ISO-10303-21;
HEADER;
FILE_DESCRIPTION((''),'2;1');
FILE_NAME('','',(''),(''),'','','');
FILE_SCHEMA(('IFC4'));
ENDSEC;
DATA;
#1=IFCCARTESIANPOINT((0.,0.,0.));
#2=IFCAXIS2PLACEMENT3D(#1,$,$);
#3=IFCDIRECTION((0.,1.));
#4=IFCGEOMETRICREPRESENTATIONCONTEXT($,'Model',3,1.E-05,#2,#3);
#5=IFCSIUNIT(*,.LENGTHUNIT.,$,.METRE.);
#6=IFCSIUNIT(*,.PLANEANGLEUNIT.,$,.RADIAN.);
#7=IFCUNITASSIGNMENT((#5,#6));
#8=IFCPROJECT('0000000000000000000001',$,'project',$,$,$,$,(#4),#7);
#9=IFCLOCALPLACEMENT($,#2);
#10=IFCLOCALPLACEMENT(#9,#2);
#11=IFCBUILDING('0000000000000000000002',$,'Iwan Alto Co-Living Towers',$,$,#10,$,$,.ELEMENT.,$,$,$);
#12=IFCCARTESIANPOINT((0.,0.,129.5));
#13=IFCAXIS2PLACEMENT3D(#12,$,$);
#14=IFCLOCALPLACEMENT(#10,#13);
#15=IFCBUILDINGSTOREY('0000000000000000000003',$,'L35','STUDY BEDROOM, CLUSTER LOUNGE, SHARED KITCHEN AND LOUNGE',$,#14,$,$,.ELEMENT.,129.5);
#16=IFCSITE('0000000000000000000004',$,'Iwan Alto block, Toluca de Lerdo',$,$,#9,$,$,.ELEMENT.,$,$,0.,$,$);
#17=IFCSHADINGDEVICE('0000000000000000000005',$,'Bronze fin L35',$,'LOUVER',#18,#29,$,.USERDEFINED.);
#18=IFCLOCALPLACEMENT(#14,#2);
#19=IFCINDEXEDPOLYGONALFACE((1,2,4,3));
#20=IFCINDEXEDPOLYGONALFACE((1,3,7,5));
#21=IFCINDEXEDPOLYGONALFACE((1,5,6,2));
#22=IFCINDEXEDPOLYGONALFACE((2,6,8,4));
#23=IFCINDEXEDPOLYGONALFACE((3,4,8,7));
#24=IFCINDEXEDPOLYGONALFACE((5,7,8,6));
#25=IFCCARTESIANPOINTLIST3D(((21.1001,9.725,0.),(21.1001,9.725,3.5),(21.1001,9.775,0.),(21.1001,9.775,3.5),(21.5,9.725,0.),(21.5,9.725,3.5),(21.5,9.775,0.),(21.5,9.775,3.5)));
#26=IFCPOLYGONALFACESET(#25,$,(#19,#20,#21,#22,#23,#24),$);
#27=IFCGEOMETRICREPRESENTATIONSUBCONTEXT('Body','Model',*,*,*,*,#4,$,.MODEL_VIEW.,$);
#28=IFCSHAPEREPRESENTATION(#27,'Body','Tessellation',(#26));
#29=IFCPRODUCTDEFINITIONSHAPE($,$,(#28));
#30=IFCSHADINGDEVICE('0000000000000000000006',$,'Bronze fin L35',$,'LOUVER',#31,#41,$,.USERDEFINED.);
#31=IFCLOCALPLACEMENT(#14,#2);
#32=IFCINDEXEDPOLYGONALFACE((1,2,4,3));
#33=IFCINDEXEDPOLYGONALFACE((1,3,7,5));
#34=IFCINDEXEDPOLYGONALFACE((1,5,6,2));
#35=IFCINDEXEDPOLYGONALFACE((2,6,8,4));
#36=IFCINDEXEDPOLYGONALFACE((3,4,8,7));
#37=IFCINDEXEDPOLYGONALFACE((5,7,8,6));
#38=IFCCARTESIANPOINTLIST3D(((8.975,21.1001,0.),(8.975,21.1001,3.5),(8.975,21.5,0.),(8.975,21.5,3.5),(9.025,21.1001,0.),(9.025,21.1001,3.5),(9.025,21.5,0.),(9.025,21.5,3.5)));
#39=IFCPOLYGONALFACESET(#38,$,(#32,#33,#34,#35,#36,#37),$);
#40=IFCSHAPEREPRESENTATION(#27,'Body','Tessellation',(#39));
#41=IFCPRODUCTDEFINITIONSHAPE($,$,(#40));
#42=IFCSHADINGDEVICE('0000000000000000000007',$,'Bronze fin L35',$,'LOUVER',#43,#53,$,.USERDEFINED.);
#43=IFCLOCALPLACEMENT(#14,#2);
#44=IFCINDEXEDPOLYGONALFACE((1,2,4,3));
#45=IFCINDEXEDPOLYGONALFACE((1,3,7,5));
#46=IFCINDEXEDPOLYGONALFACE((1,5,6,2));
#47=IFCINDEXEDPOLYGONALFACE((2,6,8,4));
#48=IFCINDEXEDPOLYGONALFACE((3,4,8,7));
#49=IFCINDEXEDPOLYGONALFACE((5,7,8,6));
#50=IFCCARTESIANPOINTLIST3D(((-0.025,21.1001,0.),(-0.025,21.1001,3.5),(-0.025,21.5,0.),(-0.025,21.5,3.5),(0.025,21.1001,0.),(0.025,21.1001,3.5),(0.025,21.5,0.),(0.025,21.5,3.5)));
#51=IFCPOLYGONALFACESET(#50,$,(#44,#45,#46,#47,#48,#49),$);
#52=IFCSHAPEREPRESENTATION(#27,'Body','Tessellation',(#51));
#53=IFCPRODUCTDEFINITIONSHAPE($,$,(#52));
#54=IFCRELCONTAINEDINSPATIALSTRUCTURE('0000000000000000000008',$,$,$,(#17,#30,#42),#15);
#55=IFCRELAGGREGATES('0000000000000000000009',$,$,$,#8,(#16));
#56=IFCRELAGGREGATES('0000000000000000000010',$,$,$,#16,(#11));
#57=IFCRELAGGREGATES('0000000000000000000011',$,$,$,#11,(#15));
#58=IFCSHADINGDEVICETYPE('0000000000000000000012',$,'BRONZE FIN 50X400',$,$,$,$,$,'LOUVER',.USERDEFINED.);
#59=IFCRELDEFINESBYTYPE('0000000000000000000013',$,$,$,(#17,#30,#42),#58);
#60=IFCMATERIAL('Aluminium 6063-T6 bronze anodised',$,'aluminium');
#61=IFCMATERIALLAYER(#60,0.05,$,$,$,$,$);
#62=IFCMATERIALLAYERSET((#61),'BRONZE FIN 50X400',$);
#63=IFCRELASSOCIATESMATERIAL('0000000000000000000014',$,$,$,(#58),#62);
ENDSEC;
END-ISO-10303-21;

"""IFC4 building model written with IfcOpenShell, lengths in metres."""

from ifc_helpers import new_model, si_unit, direction, frame, origin, origin_2d, place, context, subcontext, project, spatial, rectangle, extrude, material, layer, layer_set, type_object, element, save


model = new_model("IFC4")

# Units and contexts
model_context = context("Model", 3, precision=1e-05, world=origin(), true_north=direction((0.0, 1.0)))
body_context = subcontext(model_context, "Body", "Model", "MODEL_VIEW")
ifc_project = project(units=[si_unit("LENGTHUNIT", "METRE"), si_unit("PLANEANGLEUNIT", "RADIAN")], contexts=[model_context])

# Site, building, storey
site_placement = place(None, origin())
site = spatial("IfcSite", under=ifc_project, at=site_placement, Name="Iwan Alto block, Toluca de Lerdo", CompositionType="ELEMENT", RefElevation=0.0)
building_placement = place(site_placement, origin())
building = spatial("IfcBuilding", under=site, at=building_placement, Name="Iwan Alto Co-Living Towers", CompositionType="ELEMENT")
storey_placement = place(building_placement, frame((0.0, 0.0, 129.5)))
storey = spatial("IfcBuildingStorey", under=building, at=storey_placement, Name="L35", Description="STUDY BEDROOM, CLUSTER LOUNGE, SHARED KITCHEN AND LOUNGE", CompositionType="ELEMENT", Elevation=129.5)

# Shading devices
ifc_material_1 = material(Name="Aluminium 6063-T6 bronze anodised", Category="aluminium")
ifc_layer_1 = layer(ifc_material_1, 0.05)
ifc_layer_set_1 = layer_set([ifc_layer_1], Name="BRONZE FIN 50X400")
shading_device_type = type_object("IfcShadingDeviceType", Name="BRONZE FIN 50X400", ElementType="LOUVER", PredefinedType="USERDEFINED", material=ifc_layer_set_1)
for number, where, z_axis, x_axis, name in (
    (1, (21.3, 9.75, 0.0), (0.0, 0.0, 1.0), (0.0, 1.0, 0.0), "Bronze fin L35"),
    (2, (9.0, 21.3, 0.0), (0.0, 0.0, 1.0), (-1.0, 0.0, 0.0), "Bronze fin L35"),
    (3, (0.0, 21.3, 0.0), (0.0, 0.0, 1.0), (-1.0, 0.0, 0.0), "Bronze fin L35"),
):
    element("IfcShadingDevice", number, at=place(storey_placement, frame(where, z_axis=z_axis, x_axis=x_axis)), inside=storey, type_object=shading_device_type, Name=name, ObjectType="LOUVER", PredefinedType="USERDEFINED", context=body_context, shape_type="SweptSolid", body=[
        extrude(rectangle(XDim=0.05, YDim=0.3999, at=origin_2d()), origin(), (0.0, 0.0, 1.0), 3.5),
    ])

save(model, "model.ifc")
